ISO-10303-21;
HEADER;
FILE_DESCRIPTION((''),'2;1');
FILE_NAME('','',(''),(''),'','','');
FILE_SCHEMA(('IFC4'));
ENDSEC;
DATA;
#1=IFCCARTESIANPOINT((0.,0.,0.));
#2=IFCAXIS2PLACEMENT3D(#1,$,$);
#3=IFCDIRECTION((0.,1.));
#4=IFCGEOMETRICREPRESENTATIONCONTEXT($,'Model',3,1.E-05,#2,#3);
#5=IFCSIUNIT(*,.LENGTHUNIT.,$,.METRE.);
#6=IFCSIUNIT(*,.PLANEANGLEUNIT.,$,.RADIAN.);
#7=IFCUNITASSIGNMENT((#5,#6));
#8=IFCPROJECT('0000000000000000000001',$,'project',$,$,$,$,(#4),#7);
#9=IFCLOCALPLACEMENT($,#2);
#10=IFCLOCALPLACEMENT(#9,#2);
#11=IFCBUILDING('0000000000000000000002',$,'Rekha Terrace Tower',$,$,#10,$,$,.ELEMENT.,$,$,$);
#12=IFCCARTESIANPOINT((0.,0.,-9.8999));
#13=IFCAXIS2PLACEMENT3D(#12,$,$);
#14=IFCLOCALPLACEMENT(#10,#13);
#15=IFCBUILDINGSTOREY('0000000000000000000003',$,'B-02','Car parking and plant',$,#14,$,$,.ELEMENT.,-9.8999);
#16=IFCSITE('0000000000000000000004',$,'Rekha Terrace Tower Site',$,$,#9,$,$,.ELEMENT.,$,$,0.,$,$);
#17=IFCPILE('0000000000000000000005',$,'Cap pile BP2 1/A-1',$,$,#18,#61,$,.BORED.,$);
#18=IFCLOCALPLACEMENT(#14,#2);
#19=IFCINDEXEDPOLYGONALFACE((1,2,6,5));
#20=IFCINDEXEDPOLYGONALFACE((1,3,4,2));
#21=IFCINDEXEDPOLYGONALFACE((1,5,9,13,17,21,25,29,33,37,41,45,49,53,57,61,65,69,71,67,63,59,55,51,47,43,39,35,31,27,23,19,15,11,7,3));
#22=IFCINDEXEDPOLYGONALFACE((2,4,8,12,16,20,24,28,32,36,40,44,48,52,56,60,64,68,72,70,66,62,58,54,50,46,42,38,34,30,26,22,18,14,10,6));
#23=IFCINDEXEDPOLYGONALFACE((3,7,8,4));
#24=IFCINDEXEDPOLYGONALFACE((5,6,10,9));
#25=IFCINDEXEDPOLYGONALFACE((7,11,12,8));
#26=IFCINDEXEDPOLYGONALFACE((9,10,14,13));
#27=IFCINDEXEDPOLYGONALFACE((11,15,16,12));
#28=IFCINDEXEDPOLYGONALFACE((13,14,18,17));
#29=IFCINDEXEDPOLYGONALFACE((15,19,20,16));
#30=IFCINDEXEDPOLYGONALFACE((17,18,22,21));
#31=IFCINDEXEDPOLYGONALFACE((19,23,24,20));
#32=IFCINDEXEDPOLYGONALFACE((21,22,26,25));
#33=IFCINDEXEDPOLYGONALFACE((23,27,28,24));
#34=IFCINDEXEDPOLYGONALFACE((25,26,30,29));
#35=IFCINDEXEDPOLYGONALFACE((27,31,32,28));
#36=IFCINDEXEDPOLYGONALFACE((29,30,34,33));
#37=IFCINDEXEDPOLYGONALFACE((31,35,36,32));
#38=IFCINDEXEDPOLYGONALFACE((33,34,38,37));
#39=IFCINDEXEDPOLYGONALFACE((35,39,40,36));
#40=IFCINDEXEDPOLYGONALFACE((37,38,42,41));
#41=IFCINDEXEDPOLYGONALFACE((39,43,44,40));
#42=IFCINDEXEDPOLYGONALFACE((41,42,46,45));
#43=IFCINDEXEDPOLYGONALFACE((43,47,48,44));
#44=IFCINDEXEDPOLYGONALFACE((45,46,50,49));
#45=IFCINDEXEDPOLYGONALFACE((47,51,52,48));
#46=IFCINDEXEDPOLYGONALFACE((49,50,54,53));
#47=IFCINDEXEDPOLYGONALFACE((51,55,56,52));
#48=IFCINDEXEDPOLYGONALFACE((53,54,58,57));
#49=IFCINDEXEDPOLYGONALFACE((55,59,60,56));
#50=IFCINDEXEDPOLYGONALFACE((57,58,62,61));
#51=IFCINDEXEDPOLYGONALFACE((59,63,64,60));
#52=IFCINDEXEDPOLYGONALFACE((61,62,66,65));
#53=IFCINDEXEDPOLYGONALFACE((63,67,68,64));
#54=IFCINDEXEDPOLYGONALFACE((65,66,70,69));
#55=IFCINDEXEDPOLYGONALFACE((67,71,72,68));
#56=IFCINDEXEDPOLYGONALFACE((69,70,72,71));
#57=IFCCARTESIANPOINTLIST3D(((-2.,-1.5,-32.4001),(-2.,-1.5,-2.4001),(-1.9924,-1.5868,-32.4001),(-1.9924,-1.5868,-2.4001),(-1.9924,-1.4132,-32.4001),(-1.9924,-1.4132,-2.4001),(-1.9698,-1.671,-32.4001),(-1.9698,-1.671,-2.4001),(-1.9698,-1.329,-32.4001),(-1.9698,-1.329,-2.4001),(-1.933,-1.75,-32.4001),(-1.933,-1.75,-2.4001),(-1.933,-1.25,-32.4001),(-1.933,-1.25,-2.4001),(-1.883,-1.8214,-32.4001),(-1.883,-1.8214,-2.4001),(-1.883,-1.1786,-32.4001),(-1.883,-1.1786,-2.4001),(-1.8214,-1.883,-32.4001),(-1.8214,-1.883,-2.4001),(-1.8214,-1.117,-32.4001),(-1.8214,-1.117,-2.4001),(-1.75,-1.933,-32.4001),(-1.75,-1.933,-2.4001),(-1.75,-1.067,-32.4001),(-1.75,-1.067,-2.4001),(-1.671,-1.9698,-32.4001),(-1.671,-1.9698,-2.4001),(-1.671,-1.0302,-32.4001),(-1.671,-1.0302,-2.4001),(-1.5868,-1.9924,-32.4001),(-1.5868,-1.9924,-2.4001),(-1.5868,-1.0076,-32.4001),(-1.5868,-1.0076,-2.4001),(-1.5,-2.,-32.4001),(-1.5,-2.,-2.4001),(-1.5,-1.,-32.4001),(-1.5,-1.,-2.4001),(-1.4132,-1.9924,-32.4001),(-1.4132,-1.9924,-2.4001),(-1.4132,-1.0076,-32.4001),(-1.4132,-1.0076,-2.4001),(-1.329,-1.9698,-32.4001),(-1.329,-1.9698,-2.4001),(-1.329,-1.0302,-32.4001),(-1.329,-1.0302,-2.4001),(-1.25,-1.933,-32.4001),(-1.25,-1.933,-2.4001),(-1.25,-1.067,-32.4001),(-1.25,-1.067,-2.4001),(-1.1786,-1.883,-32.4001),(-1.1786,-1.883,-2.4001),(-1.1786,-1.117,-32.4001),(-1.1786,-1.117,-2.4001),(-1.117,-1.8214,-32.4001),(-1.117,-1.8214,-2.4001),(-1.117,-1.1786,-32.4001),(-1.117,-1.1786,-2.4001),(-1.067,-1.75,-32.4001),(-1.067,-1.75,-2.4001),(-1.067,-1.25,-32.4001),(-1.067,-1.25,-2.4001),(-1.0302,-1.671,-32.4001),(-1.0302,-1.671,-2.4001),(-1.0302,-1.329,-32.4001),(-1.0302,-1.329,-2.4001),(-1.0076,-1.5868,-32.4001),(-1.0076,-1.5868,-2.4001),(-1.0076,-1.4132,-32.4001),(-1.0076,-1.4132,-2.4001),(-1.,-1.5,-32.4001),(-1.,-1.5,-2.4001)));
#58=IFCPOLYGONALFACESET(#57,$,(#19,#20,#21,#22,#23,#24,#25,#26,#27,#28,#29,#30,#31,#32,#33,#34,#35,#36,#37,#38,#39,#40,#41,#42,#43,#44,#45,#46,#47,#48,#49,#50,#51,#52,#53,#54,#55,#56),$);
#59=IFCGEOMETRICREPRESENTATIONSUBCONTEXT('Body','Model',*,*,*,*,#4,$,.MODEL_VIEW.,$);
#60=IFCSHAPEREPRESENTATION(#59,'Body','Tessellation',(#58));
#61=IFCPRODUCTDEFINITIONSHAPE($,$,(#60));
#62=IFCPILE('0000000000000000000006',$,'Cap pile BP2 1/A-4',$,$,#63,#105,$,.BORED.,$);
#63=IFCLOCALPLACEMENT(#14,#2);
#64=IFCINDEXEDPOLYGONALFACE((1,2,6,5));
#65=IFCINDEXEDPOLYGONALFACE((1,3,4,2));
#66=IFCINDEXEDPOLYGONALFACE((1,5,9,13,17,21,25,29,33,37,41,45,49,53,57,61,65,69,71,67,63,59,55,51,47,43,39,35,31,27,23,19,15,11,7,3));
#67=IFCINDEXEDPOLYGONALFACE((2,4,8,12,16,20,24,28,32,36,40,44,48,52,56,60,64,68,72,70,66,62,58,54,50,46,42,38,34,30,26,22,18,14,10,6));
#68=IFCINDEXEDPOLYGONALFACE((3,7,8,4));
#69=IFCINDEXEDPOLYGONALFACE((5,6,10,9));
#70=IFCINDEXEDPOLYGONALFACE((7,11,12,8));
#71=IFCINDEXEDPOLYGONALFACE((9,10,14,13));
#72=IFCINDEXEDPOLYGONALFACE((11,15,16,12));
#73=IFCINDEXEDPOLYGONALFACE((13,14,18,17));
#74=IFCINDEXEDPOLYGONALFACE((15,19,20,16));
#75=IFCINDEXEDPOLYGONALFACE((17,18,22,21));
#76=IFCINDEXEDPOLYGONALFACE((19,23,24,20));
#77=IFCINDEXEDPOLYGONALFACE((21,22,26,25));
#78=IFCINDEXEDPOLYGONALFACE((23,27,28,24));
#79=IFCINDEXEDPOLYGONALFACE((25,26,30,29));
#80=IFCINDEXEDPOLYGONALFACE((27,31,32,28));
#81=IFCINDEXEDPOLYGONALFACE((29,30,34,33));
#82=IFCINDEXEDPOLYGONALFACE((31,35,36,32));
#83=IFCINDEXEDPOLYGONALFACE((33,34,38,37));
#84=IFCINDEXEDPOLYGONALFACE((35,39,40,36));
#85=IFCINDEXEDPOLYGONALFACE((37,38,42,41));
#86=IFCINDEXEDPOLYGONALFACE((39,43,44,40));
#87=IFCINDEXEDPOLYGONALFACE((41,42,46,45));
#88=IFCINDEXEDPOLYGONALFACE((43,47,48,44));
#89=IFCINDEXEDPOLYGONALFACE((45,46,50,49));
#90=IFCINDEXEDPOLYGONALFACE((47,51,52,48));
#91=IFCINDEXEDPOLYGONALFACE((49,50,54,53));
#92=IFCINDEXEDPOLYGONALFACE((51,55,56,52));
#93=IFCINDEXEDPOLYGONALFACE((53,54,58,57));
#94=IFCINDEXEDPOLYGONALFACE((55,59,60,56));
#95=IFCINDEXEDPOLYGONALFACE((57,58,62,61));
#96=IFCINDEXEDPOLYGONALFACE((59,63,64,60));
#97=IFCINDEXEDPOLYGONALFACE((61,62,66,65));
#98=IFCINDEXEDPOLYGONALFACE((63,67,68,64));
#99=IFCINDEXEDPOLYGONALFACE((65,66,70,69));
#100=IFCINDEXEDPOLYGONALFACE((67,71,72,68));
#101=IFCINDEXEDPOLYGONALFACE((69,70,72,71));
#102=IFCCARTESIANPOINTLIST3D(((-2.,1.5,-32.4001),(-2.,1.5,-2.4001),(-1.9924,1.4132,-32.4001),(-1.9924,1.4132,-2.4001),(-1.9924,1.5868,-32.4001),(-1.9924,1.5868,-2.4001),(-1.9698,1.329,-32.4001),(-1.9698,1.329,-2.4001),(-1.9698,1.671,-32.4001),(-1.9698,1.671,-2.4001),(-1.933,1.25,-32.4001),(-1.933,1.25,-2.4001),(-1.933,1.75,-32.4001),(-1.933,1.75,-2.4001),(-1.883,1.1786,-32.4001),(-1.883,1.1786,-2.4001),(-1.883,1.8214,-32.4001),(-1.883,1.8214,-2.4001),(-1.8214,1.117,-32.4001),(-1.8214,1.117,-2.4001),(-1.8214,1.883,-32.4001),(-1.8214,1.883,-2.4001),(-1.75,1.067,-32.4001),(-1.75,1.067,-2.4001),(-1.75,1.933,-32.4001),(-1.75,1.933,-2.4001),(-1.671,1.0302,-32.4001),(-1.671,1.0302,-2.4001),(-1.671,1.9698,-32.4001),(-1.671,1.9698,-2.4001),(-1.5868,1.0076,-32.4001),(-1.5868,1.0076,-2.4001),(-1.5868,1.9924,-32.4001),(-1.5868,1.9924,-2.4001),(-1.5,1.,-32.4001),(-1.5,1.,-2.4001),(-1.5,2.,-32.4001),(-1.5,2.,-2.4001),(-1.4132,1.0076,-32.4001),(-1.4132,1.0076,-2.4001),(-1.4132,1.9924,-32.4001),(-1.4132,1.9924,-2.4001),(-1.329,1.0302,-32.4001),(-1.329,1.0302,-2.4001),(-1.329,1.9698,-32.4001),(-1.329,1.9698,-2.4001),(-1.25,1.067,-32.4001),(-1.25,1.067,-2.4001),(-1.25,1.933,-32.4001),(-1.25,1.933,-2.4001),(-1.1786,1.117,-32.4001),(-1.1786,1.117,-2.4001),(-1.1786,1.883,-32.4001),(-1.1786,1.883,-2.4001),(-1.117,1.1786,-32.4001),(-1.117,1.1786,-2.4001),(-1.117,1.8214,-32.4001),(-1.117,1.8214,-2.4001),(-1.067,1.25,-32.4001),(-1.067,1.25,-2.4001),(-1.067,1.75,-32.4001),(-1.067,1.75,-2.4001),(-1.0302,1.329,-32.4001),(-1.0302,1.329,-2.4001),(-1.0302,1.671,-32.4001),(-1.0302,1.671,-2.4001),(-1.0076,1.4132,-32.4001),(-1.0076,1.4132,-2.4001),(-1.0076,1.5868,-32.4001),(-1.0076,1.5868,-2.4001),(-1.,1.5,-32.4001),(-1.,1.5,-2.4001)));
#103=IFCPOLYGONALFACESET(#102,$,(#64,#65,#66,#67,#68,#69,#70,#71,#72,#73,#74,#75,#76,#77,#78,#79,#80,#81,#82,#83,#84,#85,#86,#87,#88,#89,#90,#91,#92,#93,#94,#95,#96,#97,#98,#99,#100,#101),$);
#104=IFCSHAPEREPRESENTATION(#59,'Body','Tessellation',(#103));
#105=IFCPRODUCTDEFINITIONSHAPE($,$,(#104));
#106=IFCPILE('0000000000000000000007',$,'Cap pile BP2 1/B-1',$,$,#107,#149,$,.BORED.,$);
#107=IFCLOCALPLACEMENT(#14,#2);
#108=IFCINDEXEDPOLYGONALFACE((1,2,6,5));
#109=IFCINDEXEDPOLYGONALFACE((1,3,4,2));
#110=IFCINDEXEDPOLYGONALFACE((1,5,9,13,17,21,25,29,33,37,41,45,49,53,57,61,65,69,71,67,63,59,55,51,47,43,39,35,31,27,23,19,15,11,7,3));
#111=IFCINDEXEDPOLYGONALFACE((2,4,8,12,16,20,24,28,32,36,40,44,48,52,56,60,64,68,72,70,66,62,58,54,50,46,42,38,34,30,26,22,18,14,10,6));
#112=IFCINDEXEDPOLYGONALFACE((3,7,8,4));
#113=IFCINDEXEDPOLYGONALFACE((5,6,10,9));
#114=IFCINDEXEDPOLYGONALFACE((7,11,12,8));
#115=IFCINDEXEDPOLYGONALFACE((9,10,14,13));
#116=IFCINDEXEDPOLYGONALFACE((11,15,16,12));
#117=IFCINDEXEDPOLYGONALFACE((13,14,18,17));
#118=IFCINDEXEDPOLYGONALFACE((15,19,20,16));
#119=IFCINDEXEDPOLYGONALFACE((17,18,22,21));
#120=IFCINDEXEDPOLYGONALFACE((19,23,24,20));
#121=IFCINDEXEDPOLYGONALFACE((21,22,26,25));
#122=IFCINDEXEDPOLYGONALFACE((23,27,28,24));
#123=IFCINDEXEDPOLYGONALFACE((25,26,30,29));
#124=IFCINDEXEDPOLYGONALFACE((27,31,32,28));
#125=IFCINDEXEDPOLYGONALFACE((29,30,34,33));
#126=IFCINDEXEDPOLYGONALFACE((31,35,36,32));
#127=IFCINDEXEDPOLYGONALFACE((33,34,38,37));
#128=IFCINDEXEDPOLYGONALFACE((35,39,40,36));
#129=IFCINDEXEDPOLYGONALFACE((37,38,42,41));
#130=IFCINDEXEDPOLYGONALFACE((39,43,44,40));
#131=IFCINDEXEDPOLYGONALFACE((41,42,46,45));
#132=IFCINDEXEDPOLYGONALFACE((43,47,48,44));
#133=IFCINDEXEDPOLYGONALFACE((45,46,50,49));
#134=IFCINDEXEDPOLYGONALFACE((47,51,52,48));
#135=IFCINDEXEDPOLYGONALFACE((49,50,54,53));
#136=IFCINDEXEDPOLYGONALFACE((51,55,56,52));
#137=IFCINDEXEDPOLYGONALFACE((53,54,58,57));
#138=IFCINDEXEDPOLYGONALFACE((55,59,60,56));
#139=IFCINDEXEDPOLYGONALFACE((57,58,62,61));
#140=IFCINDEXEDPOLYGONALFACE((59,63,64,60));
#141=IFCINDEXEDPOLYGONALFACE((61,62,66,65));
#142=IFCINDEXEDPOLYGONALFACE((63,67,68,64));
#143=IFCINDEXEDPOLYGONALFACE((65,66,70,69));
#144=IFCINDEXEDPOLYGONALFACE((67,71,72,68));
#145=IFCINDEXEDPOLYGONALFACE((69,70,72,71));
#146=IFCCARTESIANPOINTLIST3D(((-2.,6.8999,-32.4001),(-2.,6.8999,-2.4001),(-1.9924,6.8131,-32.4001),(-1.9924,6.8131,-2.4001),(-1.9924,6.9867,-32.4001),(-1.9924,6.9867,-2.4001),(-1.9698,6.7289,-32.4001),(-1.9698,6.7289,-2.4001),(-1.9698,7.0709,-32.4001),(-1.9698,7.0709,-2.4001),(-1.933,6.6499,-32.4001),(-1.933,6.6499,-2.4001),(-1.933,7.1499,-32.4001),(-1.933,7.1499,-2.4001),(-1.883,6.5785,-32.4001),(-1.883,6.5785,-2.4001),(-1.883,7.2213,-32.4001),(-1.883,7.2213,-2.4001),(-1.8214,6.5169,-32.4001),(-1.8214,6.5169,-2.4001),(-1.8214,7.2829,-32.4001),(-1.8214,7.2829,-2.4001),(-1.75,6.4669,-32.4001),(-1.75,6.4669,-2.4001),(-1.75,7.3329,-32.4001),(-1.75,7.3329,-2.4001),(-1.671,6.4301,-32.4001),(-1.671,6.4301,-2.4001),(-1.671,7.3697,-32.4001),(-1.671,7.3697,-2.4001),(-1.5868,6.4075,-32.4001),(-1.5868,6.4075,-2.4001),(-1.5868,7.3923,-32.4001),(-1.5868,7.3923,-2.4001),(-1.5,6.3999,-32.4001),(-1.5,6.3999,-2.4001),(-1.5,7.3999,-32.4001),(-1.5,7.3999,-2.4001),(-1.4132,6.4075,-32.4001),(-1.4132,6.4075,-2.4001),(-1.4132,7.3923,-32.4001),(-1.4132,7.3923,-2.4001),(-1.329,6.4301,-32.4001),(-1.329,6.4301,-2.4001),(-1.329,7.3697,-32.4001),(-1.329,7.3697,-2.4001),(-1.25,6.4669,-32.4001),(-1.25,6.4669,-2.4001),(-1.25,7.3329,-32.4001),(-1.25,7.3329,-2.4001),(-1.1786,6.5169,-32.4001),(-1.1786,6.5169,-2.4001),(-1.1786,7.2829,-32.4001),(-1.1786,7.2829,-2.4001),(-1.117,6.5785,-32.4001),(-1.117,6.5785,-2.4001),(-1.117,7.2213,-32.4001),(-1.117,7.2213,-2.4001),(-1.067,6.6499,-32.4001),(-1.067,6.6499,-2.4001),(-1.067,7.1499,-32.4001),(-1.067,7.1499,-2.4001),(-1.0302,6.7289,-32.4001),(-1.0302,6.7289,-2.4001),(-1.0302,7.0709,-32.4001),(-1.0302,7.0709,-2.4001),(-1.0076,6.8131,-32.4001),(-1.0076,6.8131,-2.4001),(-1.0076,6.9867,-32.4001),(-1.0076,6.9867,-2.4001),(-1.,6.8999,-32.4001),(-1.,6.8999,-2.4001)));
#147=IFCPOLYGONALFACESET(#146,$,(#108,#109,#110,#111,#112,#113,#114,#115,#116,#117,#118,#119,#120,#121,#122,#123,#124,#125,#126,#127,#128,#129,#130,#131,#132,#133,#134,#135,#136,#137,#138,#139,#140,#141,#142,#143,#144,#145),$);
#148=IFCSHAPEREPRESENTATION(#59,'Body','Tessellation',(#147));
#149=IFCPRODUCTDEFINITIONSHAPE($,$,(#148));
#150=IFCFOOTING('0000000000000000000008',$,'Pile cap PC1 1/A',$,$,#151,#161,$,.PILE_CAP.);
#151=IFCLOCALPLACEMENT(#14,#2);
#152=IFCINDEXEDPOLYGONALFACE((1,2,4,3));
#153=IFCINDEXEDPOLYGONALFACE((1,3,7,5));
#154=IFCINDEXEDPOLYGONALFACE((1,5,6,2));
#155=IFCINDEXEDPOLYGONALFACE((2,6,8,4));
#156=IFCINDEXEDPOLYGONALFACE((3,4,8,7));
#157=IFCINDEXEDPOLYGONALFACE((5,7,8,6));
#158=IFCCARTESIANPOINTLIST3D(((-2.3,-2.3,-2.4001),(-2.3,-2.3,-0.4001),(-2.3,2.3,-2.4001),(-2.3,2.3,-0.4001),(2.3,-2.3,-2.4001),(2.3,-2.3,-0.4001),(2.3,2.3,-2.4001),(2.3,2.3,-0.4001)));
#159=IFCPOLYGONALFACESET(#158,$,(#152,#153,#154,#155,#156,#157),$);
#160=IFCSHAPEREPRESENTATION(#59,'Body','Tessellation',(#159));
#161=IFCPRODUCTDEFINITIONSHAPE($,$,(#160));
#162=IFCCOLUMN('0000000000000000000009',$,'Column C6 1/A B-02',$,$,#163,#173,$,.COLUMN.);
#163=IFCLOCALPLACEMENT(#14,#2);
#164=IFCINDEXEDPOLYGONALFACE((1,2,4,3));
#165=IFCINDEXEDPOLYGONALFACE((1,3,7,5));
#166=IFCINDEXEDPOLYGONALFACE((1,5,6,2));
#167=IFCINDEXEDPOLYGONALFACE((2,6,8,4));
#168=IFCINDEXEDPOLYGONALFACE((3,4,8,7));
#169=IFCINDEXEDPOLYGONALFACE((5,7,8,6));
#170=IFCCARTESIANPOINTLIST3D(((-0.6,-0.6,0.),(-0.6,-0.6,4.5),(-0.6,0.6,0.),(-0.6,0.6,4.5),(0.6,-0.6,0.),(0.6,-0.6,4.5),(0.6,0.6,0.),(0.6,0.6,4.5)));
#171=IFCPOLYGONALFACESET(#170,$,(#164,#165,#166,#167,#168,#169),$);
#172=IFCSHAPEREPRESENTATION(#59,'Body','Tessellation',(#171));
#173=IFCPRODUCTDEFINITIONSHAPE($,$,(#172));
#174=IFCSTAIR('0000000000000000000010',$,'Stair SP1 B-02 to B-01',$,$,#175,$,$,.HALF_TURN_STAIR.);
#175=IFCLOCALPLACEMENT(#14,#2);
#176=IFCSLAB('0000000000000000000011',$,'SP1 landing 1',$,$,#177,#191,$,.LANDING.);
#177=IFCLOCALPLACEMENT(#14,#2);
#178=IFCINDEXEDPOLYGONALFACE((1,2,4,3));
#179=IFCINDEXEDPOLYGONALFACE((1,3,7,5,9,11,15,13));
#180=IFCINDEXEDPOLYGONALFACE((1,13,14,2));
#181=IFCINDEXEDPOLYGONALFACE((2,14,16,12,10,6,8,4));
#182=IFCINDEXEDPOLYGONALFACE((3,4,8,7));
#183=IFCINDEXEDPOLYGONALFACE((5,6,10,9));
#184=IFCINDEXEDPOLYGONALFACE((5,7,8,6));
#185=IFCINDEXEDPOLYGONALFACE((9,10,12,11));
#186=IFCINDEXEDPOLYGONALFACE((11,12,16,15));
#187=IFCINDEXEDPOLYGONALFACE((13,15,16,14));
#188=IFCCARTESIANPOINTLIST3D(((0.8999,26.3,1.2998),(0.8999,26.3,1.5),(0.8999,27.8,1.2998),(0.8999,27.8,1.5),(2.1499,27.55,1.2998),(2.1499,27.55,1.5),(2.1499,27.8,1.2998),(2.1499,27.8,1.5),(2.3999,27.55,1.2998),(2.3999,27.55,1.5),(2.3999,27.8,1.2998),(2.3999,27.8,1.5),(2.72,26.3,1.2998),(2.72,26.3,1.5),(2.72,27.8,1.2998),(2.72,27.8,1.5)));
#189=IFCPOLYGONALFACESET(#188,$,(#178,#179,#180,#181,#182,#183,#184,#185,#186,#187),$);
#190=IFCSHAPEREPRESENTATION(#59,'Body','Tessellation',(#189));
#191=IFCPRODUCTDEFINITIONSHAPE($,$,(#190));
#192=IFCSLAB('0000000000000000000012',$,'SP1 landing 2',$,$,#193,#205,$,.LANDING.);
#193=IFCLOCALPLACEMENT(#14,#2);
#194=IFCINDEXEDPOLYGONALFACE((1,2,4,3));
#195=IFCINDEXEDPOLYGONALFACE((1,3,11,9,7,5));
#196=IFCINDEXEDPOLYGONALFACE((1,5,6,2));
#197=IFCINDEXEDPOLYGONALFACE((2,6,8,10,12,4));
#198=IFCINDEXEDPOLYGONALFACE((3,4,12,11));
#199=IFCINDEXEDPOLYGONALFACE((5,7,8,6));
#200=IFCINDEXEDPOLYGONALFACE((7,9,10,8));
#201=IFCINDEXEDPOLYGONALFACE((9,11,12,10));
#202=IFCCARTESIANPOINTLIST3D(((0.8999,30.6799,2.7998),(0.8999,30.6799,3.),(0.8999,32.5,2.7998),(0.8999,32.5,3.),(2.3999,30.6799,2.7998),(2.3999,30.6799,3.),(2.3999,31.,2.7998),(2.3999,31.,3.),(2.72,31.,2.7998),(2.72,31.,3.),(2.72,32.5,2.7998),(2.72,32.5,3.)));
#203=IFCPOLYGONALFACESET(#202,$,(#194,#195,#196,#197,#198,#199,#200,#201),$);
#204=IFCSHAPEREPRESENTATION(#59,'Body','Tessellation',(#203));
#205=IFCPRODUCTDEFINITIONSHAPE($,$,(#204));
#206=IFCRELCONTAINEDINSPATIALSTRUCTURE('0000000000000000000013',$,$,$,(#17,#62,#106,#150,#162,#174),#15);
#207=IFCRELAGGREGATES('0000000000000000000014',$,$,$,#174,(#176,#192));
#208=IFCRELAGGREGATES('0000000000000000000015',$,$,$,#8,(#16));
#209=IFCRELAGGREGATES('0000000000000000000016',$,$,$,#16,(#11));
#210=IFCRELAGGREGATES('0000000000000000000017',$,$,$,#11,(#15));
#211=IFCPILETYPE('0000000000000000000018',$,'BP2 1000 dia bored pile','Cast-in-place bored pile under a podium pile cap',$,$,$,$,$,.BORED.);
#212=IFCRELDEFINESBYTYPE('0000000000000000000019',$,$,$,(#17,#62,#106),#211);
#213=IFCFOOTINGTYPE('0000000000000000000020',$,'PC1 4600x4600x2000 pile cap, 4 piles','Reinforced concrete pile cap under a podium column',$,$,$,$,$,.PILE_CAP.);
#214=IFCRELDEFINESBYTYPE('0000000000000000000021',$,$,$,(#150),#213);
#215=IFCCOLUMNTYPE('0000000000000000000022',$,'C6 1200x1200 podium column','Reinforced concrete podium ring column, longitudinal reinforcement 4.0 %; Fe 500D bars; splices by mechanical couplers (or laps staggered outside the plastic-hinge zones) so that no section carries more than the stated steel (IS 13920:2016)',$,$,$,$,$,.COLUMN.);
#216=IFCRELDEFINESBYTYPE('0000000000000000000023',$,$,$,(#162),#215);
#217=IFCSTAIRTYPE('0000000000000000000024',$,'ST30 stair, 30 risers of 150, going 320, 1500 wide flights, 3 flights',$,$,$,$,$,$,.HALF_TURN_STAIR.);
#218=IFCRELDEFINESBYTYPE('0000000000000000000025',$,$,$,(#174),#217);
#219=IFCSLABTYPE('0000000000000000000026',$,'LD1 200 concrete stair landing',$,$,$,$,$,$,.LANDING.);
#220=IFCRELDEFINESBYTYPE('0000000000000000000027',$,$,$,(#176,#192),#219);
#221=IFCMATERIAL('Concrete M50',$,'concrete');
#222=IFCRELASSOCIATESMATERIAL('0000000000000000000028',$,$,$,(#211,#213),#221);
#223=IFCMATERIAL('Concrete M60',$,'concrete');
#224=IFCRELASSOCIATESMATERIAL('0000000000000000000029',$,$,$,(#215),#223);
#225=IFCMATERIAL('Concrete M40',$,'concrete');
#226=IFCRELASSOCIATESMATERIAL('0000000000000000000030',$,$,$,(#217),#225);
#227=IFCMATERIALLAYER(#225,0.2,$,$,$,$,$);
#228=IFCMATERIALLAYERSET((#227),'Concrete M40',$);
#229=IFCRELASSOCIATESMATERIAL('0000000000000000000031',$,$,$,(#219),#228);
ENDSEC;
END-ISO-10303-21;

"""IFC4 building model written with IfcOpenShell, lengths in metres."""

from ifc_helpers import new_model, si_unit, direction, frame, origin, origin_with_axes, origin_2d, place, context, subcontext, project, spatial, polyline, rectangle, circle, outline, extrude, material, layer, layer_set, material_profile, profile_set, type_object, element, aggregate, save


model = new_model("IFC4")

# Units and contexts
model_context = context("Model", 3, precision=1e-05, world=origin(), true_north=direction((0.0, 1.0)))
body_context = subcontext(model_context, "Body", "Model", "MODEL_VIEW")
ifc_project = project(units=[si_unit("LENGTHUNIT", "METRE"), si_unit("PLANEANGLEUNIT", "RADIAN")], contexts=[model_context])

# Site, building, storey
site_placement = place(None, origin())
site = spatial("IfcSite", under=ifc_project, at=site_placement, Name="Rekha Terrace Tower Site", CompositionType="ELEMENT", RefElevation=0.0)
building_placement = place(site_placement, origin())
building = spatial("IfcBuilding", under=site, at=building_placement, Name="Rekha Terrace Tower", CompositionType="ELEMENT")
storey_placement = place(building_placement, frame((0.0, 0.0, -9.8999)))
storey = spatial("IfcBuildingStorey", under=building, at=storey_placement, Name="B-02", Description="Car parking and plant", CompositionType="ELEMENT", Elevation=-9.8999)

# Piles
ifc_material_1 = material(Name="Concrete M50", Category="concrete")
pile_type = type_object("IfcPileType", Name="BP2 1000 dia bored pile", Description="Cast-in-place bored pile under a podium pile cap", PredefinedType="BORED", material=ifc_material_1)
for number, where, z_axis, x_axis, name in (
    (1, (-1.5, -1.5, -2.4001), (0.0, 0.0, -1.0), (1.0, 0.0, 0.0), "Cap pile BP2 1/A-1"),
    (2, (-1.5, 1.5, -2.4001), (0.0, 0.0, -1.0), (1.0, 0.0, 0.0), "Cap pile BP2 1/A-4"),
    (3, (-1.5, 6.8999, -2.4001), (0.0, 0.0, -1.0), (1.0, 0.0, 0.0), "Cap pile BP2 1/B-1"),
):
    element("IfcPile", number, at=place(storey_placement, frame(where, z_axis=z_axis, x_axis=x_axis)), inside=storey, type_object=pile_type, Name=name, PredefinedType="BORED", context=body_context, shape_type="SweptSolid", body=[
        extrude(circle(Radius=0.5, at=origin_2d()), origin(), (0.0, 0.0, 1.0), 30.0),
    ])

# Footing
footing_type = type_object("IfcFootingType", Name="PC1 4600x4600x2000 pile cap, 4 piles", Description="Reinforced concrete pile cap under a podium column", PredefinedType="PILE_CAP", material=ifc_material_1)
footing_placement = place(storey_placement, frame((0.0, 0.0, -2.4001), z_axis=(0.0, 0.0, 1.0), x_axis=(1.0, 0.0, 0.0)))
element("IfcFooting", 4, at=footing_placement, inside=storey, type_object=footing_type, Name="Pile cap PC1 1/A", PredefinedType="PILE_CAP", context=body_context, shape_type="SweptSolid", body=[
    extrude(rectangle(XDim=4.6001, YDim=4.6001, at=origin_2d()), origin(), (0.0, 0.0, 1.0), 2.0),
])

# Column
ifc_material_2 = material(Name="Concrete M60", Category="concrete")
ifc_material_profile = material_profile(ifc_material_2, rectangle(XDim=1.2, YDim=1.2, at=origin_2d()), Name="RC 1200x1200")
ifc_profile_set = profile_set([ifc_material_profile], Name="Concrete M60")
column_type = type_object("IfcColumnType", Name="C6 1200x1200 podium column", Description="Reinforced concrete podium ring column, longitudinal reinforcement 4.0 %; Fe 500D bars; splices by mechanical couplers (or laps staggered outside the plastic-hinge zones) so that no section carries more than the stated steel (IS 13920:2016)", PredefinedType="COLUMN", material=ifc_profile_set)
column_placement = place(storey_placement, origin_with_axes())
element("IfcColumn", 5, at=column_placement, inside=storey, type_object=column_type, Name="Column C6 1/A B-02", PredefinedType="COLUMN", context=body_context, shape_type="SweptSolid", body=[
    extrude(rectangle(XDim=1.2, YDim=1.2, at=origin_2d()), origin(), (0.0, 0.0, 1.0), 4.5),
])

# Stair, slabs
ifc_material_3 = material(Name="Concrete M40", Category="concrete")
stair_type_1 = type_object("IfcStairType", Name="ST30 stair, 30 risers of 150, going 320, 1500 wide flights, 3 flights", PredefinedType="HALF_TURN_STAIR", material=ifc_material_3)
stair_1_placement = place(storey_placement, origin())
stair_1 = element("IfcStair", 6, at=stair_1_placement, inside=storey, type_object=stair_type_1, Name="Stair SP1 B-02 to B-01", PredefinedType="HALF_TURN_STAIR")
ifc_layer_1 = layer(ifc_material_3, 0.2)
ifc_layer_set_1 = layer_set([ifc_layer_1], Name="Concrete M40")
slab_type_1 = type_object("IfcSlabType", Name="LD1 200 concrete stair landing", PredefinedType="LANDING", material=ifc_layer_set_1)
slab_1_placement = place(storey_placement, frame((0.0, 0.0, 1.2998)))
slab_1 = element("IfcSlab", 7, at=slab_1_placement, type_object=slab_type_1, Name="SP1 landing 1", PredefinedType="LANDING", context=body_context, shape_type="SweptSolid", body=[
    extrude(outline(polyline([(0.8999, 27.8), (0.8999, 26.3), (2.72, 26.3), (2.72, 27.8), (2.3999, 27.8), (2.3999, 27.55), (2.1499, 27.55), (2.1499, 27.8), (0.8999, 27.8)])), origin(), (0.0, 0.0, 1.0), 0.2002),
])
slab_2_placement = place(storey_placement, frame((0.0, 0.0, 2.7998)))
slab_2 = element("IfcSlab", 8, at=slab_2_placement, type_object=slab_type_1, Name="SP1 landing 2", PredefinedType="LANDING", context=body_context, shape_type="SweptSolid", body=[
    extrude(outline(polyline([(2.72, 31.0), (2.72, 32.5), (0.8999, 32.5), (0.8999, 30.6799), (2.3999, 30.6799), (2.3999, 31.0), (2.72, 31.0)])), origin(), (0.0, 0.0, 1.0), 0.2002),
])
aggregate(stair_1, [slab_1, slab_2])

save(model, "model.ifc")
